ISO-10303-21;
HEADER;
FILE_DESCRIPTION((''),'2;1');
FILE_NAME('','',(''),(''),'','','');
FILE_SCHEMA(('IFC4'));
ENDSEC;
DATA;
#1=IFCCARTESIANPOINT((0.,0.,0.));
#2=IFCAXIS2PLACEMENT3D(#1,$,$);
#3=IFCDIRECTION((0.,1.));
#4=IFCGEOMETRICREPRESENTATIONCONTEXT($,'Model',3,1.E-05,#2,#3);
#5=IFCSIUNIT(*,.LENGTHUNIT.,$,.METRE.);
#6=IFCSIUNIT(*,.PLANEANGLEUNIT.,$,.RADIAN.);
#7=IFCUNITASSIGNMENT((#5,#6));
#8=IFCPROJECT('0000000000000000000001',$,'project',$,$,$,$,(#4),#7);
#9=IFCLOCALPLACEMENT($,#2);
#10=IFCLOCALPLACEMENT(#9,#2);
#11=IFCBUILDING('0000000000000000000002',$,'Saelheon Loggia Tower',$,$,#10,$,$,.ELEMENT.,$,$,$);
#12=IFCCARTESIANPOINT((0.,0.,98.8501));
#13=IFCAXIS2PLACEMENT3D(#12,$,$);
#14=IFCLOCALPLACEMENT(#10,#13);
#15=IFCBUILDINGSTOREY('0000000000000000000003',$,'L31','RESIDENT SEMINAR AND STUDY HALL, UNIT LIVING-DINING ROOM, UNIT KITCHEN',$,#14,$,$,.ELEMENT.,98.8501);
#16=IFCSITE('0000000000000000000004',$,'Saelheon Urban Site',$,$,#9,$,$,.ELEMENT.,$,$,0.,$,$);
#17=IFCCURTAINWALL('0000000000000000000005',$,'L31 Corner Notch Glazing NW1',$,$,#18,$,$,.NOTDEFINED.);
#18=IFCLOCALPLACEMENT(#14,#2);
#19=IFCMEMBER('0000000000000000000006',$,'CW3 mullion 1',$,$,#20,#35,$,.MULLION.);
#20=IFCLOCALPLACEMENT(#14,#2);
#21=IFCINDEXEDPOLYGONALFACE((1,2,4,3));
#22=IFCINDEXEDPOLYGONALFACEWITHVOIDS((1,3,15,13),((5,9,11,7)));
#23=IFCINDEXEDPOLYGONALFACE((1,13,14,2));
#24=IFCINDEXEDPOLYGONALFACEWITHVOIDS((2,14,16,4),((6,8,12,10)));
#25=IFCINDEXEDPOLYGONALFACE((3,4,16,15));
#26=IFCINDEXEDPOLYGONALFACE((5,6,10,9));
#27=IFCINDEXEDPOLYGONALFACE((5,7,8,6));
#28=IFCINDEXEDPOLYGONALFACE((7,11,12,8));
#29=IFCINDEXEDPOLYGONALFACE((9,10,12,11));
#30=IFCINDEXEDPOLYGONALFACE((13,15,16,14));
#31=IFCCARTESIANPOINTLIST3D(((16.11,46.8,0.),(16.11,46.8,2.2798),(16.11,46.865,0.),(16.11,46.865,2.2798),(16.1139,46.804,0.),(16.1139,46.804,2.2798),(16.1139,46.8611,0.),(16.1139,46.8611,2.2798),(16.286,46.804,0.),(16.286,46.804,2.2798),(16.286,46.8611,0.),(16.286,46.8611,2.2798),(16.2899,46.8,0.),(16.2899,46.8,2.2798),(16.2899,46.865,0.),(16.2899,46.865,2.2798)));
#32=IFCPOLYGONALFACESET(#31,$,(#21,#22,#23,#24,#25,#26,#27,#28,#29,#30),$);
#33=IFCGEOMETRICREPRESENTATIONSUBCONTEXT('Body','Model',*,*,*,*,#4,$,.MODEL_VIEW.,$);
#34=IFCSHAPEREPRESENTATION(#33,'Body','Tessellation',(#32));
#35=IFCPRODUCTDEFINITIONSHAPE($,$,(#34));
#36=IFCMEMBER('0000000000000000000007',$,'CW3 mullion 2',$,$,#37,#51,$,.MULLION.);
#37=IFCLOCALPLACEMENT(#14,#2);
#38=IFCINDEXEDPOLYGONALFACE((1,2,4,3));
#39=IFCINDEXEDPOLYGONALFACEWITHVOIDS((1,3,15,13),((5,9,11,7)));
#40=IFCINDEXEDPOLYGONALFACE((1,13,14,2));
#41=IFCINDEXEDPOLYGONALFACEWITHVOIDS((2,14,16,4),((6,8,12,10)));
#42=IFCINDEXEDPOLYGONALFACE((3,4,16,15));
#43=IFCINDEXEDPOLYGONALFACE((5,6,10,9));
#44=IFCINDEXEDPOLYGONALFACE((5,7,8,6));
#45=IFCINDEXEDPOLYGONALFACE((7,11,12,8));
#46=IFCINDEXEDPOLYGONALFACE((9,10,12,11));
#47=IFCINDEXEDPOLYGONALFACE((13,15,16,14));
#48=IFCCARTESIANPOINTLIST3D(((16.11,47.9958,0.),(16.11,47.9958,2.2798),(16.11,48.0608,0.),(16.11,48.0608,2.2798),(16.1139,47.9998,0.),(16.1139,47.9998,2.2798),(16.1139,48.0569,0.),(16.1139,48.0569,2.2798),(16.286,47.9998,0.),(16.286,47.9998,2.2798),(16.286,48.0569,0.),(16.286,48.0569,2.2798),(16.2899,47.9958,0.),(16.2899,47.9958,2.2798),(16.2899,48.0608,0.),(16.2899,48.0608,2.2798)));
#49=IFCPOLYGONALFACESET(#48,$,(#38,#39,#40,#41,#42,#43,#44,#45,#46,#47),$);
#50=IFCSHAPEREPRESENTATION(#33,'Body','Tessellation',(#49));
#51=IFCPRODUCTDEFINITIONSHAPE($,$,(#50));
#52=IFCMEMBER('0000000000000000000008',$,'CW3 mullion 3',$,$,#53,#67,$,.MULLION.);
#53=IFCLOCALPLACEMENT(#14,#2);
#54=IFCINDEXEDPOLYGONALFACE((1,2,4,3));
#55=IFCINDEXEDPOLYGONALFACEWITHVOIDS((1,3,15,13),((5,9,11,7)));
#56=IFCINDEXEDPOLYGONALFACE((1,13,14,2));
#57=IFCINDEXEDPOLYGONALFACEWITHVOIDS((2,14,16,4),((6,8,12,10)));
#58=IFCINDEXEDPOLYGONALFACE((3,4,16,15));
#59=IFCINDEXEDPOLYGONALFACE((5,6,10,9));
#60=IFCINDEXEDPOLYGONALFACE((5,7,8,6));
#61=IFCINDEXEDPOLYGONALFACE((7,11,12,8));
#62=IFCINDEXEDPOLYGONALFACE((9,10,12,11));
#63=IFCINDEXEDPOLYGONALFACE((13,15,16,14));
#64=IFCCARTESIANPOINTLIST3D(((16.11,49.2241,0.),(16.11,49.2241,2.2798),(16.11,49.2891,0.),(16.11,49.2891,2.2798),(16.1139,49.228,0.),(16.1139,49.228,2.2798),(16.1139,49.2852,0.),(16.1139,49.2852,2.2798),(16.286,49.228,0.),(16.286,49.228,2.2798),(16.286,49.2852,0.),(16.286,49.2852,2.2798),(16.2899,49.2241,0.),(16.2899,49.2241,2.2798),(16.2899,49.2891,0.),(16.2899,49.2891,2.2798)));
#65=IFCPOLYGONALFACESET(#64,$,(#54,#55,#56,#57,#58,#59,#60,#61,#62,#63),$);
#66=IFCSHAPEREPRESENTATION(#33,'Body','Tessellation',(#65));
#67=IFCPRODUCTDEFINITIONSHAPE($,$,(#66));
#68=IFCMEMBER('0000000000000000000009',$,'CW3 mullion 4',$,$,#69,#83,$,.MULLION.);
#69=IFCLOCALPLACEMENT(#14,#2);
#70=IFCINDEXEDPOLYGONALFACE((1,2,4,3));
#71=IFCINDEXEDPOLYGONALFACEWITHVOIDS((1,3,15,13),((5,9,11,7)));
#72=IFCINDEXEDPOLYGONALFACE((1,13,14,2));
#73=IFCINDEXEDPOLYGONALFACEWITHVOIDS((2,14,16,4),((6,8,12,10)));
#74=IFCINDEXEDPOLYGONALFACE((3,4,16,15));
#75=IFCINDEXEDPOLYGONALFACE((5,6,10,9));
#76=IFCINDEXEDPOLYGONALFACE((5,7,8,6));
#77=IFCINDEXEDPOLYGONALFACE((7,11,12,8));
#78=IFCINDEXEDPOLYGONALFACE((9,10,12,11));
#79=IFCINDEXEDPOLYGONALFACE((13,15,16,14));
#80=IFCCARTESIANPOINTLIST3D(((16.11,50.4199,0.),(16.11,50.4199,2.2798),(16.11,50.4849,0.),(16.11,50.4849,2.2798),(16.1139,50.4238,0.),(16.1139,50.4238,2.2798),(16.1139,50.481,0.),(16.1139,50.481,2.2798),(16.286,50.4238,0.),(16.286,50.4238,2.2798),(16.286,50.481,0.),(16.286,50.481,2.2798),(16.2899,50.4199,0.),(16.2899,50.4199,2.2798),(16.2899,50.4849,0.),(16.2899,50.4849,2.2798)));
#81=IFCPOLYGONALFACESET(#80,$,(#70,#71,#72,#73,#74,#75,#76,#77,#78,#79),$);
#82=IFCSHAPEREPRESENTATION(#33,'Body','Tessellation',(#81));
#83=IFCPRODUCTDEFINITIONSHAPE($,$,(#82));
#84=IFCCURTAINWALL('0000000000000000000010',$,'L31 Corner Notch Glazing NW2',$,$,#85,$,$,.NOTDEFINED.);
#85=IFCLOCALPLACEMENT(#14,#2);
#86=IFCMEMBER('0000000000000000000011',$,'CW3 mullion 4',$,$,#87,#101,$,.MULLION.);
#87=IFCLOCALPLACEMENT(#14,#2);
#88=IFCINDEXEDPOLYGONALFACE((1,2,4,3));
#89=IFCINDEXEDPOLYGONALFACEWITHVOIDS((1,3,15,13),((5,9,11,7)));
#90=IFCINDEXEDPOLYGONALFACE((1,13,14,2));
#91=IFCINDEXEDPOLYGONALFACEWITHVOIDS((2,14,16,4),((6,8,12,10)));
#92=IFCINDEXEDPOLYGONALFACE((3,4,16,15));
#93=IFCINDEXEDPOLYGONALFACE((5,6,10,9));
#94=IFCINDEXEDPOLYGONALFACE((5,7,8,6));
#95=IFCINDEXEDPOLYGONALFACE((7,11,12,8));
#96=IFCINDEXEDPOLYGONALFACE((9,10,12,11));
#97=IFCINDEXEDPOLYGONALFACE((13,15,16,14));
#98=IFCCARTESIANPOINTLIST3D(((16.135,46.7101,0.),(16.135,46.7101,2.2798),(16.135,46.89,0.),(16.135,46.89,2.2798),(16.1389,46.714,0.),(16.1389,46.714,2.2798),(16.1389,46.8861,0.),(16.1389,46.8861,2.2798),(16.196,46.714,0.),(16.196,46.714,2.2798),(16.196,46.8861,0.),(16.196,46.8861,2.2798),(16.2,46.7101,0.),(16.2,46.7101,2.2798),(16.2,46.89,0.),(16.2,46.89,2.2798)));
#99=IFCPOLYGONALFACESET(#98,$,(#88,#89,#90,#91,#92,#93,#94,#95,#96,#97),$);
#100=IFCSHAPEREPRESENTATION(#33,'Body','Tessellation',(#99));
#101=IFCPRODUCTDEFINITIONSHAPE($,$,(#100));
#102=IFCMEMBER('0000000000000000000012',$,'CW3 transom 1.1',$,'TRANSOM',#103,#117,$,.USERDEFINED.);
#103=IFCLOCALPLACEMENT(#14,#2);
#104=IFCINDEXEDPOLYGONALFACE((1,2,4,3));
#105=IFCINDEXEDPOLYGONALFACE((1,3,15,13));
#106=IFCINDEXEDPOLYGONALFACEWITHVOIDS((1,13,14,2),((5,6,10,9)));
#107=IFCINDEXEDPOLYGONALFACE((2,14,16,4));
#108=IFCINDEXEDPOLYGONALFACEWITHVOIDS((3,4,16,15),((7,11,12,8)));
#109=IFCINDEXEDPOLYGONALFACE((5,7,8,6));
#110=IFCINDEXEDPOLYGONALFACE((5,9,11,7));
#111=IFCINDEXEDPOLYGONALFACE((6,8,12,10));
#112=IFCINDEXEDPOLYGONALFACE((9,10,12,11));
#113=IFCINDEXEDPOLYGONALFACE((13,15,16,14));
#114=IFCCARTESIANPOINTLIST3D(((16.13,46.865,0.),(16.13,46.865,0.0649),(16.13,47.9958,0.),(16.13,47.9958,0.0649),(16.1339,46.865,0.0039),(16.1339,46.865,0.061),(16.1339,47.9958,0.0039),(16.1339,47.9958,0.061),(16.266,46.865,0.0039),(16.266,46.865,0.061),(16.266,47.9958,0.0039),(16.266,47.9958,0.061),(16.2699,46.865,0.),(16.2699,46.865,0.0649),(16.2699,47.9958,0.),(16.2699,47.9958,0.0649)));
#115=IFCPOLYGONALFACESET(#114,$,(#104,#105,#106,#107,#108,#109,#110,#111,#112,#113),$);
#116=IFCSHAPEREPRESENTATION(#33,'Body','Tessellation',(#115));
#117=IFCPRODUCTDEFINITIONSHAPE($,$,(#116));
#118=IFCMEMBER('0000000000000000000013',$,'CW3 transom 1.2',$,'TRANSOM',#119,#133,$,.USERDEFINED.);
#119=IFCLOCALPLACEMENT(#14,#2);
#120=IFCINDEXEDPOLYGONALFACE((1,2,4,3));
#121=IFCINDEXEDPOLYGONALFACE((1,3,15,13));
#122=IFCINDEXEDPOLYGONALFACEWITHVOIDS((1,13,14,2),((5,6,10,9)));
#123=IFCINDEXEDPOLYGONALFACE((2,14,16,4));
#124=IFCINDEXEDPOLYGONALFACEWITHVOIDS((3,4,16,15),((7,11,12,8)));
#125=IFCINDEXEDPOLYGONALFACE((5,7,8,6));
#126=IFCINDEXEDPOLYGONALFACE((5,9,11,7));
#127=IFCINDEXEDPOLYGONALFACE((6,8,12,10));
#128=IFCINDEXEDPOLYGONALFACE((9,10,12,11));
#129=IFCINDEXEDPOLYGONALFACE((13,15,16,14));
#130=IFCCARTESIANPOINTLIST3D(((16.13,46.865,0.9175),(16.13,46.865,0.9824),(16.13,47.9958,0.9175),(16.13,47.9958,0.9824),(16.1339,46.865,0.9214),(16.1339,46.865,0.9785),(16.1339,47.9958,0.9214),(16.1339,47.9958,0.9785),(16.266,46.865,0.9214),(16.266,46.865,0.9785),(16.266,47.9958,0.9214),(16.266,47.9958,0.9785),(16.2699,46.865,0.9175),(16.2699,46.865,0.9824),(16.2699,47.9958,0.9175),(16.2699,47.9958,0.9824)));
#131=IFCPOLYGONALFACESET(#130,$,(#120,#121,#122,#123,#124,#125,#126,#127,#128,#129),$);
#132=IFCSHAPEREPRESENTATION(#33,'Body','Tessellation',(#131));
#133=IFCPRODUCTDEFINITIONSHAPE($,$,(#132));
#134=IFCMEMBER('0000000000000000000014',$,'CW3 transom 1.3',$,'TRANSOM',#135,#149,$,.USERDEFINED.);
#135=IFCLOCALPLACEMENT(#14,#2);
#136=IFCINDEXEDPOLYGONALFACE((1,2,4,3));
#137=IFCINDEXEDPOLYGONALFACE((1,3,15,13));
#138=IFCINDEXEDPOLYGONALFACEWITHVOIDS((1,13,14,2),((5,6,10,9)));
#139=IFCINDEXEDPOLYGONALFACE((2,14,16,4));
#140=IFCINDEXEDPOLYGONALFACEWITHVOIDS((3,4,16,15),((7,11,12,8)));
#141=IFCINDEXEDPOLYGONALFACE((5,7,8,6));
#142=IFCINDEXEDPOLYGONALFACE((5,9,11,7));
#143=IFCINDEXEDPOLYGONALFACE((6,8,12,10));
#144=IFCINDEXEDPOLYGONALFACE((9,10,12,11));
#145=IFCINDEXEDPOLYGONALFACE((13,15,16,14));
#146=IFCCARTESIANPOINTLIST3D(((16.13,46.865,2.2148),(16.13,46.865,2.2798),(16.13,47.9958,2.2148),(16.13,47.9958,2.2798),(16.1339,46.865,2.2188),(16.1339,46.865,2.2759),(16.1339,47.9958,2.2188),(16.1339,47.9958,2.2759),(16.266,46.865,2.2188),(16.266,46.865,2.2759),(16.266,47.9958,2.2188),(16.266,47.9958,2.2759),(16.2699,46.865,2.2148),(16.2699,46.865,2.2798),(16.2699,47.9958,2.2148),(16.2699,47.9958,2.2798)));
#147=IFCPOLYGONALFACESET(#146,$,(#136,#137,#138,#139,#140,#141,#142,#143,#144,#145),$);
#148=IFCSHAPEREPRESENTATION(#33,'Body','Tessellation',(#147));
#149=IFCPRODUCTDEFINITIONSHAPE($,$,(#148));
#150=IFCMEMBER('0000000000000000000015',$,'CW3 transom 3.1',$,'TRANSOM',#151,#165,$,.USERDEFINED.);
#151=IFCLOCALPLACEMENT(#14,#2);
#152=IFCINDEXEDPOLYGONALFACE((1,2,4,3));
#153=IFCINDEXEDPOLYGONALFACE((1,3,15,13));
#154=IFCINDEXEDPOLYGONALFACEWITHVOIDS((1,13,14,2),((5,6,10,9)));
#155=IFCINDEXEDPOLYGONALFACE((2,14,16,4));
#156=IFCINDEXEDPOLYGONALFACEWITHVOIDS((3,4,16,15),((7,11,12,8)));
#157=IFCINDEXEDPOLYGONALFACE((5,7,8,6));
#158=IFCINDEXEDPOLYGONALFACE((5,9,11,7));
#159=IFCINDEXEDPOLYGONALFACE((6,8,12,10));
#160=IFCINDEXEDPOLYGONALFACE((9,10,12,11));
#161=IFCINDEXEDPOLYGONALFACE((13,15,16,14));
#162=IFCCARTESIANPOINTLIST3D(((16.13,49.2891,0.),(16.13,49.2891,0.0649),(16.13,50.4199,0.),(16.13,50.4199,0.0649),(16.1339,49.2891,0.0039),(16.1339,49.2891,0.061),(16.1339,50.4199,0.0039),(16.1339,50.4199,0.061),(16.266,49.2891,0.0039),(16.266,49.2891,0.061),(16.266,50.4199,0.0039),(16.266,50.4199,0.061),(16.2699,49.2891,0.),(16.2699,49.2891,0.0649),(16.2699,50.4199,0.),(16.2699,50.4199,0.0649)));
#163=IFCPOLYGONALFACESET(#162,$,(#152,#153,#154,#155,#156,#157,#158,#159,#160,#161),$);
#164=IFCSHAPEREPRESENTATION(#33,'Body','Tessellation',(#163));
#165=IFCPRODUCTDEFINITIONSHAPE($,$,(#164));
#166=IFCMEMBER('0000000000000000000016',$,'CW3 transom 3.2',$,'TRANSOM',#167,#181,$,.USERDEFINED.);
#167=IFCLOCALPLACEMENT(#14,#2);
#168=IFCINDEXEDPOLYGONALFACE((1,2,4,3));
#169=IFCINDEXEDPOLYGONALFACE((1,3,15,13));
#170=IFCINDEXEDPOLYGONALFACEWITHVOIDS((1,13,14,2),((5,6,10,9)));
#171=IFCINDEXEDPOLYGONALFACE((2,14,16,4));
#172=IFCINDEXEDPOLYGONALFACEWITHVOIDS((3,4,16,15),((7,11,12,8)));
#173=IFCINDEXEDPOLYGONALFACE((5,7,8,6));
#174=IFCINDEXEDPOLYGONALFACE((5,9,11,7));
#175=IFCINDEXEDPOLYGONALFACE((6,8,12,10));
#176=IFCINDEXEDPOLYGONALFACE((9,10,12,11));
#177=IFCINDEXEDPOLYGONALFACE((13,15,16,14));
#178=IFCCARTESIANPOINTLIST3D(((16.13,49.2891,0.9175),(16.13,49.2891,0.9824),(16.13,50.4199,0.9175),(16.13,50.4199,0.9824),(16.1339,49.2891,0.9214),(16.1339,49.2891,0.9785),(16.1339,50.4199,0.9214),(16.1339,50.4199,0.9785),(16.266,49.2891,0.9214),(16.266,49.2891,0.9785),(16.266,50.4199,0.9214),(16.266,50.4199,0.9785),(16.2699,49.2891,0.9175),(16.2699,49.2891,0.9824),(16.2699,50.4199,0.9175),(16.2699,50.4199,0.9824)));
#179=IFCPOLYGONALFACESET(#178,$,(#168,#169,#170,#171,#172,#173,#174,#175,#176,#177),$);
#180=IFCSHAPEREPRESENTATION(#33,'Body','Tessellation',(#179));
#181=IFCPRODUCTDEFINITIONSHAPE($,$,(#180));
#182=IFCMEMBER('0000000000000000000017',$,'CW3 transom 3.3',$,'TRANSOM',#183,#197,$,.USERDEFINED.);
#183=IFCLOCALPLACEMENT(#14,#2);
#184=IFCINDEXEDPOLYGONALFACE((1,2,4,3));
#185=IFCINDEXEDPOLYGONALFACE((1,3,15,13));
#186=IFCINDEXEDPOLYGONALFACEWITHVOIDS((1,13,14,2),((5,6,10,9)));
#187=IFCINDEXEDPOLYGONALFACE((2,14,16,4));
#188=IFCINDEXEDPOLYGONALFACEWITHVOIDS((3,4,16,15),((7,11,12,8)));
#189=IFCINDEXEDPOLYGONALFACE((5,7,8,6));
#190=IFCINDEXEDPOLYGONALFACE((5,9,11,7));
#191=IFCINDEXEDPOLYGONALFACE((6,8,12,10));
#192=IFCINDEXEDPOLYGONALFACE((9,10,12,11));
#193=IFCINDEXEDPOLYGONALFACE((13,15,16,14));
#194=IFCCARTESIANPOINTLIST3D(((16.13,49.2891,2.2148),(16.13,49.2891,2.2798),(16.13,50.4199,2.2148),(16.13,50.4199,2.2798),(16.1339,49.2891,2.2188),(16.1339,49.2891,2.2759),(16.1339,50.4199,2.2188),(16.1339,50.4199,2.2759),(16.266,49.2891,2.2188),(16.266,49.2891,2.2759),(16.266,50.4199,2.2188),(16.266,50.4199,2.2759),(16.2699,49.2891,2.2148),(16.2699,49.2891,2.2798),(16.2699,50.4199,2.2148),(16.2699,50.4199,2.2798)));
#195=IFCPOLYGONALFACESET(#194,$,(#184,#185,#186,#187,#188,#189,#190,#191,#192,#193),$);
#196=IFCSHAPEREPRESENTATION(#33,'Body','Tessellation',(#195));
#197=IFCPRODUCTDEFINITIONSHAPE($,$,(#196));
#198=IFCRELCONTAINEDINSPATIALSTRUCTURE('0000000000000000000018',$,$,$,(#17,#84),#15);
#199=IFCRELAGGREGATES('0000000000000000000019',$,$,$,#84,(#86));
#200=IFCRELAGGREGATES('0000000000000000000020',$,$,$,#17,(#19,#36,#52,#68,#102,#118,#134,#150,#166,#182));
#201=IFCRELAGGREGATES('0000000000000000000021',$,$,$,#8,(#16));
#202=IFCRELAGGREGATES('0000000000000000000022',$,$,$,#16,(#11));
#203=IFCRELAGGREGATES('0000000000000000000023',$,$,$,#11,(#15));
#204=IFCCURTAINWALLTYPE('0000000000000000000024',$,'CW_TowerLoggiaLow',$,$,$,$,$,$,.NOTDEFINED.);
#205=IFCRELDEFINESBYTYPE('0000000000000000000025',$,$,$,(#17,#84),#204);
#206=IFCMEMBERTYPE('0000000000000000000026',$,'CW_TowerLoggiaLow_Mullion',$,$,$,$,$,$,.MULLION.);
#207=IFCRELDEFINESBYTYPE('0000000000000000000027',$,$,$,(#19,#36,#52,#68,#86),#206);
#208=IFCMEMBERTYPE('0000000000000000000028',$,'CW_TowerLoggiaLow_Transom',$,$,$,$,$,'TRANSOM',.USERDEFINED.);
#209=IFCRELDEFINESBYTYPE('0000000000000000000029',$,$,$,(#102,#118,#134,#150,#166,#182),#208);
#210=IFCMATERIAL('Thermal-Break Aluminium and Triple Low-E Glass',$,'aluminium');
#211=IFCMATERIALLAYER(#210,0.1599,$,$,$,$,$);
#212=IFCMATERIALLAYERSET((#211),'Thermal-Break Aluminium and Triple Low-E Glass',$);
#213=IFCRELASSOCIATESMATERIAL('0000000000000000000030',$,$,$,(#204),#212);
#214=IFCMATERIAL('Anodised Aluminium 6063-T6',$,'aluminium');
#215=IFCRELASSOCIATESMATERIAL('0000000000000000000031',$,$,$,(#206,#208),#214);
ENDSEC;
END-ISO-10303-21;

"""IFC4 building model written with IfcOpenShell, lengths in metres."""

from ifc_helpers import new_model, si_unit, direction, frame, origin, origin_2d, place, context, subcontext, project, spatial, hollow_rectangle, extrude, source, transform, mapped, material, layer, layer_set, material_profile, profile_set, type_object, element, aggregate, save


model = new_model("IFC4")

# Units and contexts
model_context = context("Model", 3, precision=1e-05, world=origin(), true_north=direction((0.0, 1.0)))
body_context = subcontext(model_context, "Body", "Model", "MODEL_VIEW")
ifc_project = project(units=[si_unit("LENGTHUNIT", "METRE"), si_unit("PLANEANGLEUNIT", "RADIAN")], contexts=[model_context])

# Site, building, storey
site_placement = place(None, origin())
site = spatial("IfcSite", under=ifc_project, at=site_placement, Name="Saelheon Urban Site", CompositionType="ELEMENT", RefElevation=0.0)
building_placement = place(site_placement, origin())
building = spatial("IfcBuilding", under=site, at=building_placement, Name="Saelheon Loggia Tower", CompositionType="ELEMENT")
storey_placement = place(building_placement, frame((0.0, 0.0, 98.8501)))
storey = spatial("IfcBuildingStorey", under=building, at=storey_placement, Name="L31", Description="RESIDENT SEMINAR AND STUDY HALL, UNIT LIVING-DINING ROOM, UNIT KITCHEN", CompositionType="ELEMENT", Elevation=98.8501)

# Curtain wall, members
ifc_material_1 = material(Name="Thermal-Break Aluminium and Triple Low-E Glass", Category="aluminium")
ifc_layer_1 = layer(ifc_material_1, 0.1599)
ifc_layer_set_1 = layer_set([ifc_layer_1], Name="Thermal-Break Aluminium and Triple Low-E Glass")
curtain_wall_type = type_object("IfcCurtainWallType", Name="CW_TowerLoggiaLow", PredefinedType="NOTDEFINED", material=ifc_layer_set_1)
curtain_wall_1_placement = place(storey_placement, origin())
curtain_wall_1 = element("IfcCurtainWall", 1, at=curtain_wall_1_placement, inside=storey, type_object=curtain_wall_type, Name="L31 Corner Notch Glazing NW1", PredefinedType="NOTDEFINED")
ifc_material_2 = material(Name="Anodised Aluminium 6063-T6", Category="aluminium")
ifc_material_profile_1 = material_profile(ifc_material_2, hollow_rectangle(XDim=0.0649, YDim=0.1799, WallThickness=0.0039, at=origin_2d()), Name="RHS-180x65x4")
ifc_profile_set_1 = profile_set([ifc_material_profile_1], Name="Anodised Aluminium 6063-T6")
member_type_1 = type_object("IfcMemberType", Name="CW_TowerLoggiaLow_Mullion", PredefinedType="MULLION", material=ifc_profile_set_1)
shared_shape_1 = source(origin(), body_context, "Body", "SweptSolid", [
    extrude(hollow_rectangle(XDim=0.0649, YDim=0.1799, WallThickness=0.0039, at=origin_2d()), origin(), (0.0, 0.0, 1.0), 2.2798),
])
member_1_placement = place(storey_placement, frame((16.2, 46.8325, 0.0), z_axis=(0.0, 0.0, 1.0), x_axis=(0.0, 1.0, 0.0)))
member_1 = element("IfcMember", 2, at=member_1_placement, type_object=member_type_1, Name="CW3 mullion 1", PredefinedType="MULLION", context=body_context, shape_type="MappedRepresentation", body=[
    mapped(shared_shape_1, transform((0.0, 0.0, 0.0), scale=1.0)),
])
member_2_placement = place(storey_placement, frame((16.2, 48.0283, 0.0), z_axis=(0.0, 0.0, 1.0), x_axis=(0.0, 1.0, 0.0)))
member_2 = element("IfcMember", 3, at=member_2_placement, type_object=member_type_1, Name="CW3 mullion 2", PredefinedType="MULLION", context=body_context, shape_type="MappedRepresentation", body=[
    mapped(shared_shape_1, transform((0.0, 0.0, 0.0), scale=1.0)),
])
member_3_placement = place(storey_placement, frame((16.2, 49.2566, 0.0), z_axis=(0.0, 0.0, 1.0), x_axis=(0.0, 1.0, 0.0)))
member_3 = element("IfcMember", 4, at=member_3_placement, type_object=member_type_1, Name="CW3 mullion 3", PredefinedType="MULLION", context=body_context, shape_type="MappedRepresentation", body=[
    mapped(shared_shape_1, transform((0.0, 0.0, 0.0), scale=1.0)),
])
member_4_placement = place(storey_placement, frame((16.2, 50.4524, 0.0), z_axis=(0.0, 0.0, 1.0), x_axis=(0.0, 1.0, 0.0)))
member_4 = element("IfcMember", 5, at=member_4_placement, type_object=member_type_1, Name="CW3 mullion 4", PredefinedType="MULLION", context=body_context, shape_type="MappedRepresentation", body=[
    mapped(shared_shape_1, transform((0.0, 0.0, 0.0), scale=1.0)),
])

# Curtain wall, member
curtain_wall_2_placement = place(storey_placement, origin())
curtain_wall_2 = element("IfcCurtainWall", 6, at=curtain_wall_2_placement, inside=storey, type_object=curtain_wall_type, Name="L31 Corner Notch Glazing NW2", PredefinedType="NOTDEFINED")
member_5_placement = place(storey_placement, frame((16.1675, 46.8, 0.0), z_axis=(0.0, 0.0, 1.0), x_axis=(1.0, 0.0, 0.0)))
member_5 = element("IfcMember", 7, at=member_5_placement, type_object=member_type_1, Name="CW3 mullion 4", PredefinedType="MULLION", context=body_context, shape_type="MappedRepresentation", body=[
    mapped(shared_shape_1, transform((0.0, 0.0, 0.0), scale=1.0)),
])

# Members
ifc_material_profile_2 = material_profile(ifc_material_2, hollow_rectangle(XDim=0.0649, YDim=0.1399, WallThickness=0.0039, at=origin_2d()), Name="RHS-140x65x4")
ifc_profile_set_2 = profile_set([ifc_material_profile_2], Name="Anodised Aluminium 6063-T6")
member_type_2 = type_object("IfcMemberType", Name="CW_TowerLoggiaLow_Transom", ElementType="TRANSOM", PredefinedType="USERDEFINED", material=ifc_profile_set_2)
shared_shape_2 = source(origin(), body_context, "Body", "SweptSolid", [
    extrude(hollow_rectangle(XDim=0.0649, YDim=0.1399, WallThickness=0.0039, at=origin_2d()), origin(), (0.0, 0.0, 1.0), 1.1309),
])
member_6_placement = place(storey_placement, frame((16.2, 46.865, 0.0325), z_axis=(0.0, 1.0, 0.0), x_axis=(0.0, 0.0, 1.0)))
member_6 = element("IfcMember", 8, at=member_6_placement, type_object=member_type_2, Name="CW3 transom 1.1", ObjectType="TRANSOM", PredefinedType="USERDEFINED", context=body_context, shape_type="MappedRepresentation", body=[
    mapped(shared_shape_2, transform((0.0, 0.0, 0.0), scale=1.0)),
])
member_7_placement = place(storey_placement, frame((16.2, 46.865, 0.95), z_axis=(0.0, 1.0, 0.0), x_axis=(0.0, 0.0, 1.0)))
member_7 = element("IfcMember", 9, at=member_7_placement, type_object=member_type_2, Name="CW3 transom 1.2", ObjectType="TRANSOM", PredefinedType="USERDEFINED", context=body_context, shape_type="MappedRepresentation", body=[
    mapped(shared_shape_2, transform((0.0, 0.0, 0.0), scale=1.0)),
])
member_8_placement = place(storey_placement, frame((16.2, 46.865, 2.2473), z_axis=(0.0, 1.0, 0.0), x_axis=(0.0, 0.0, 1.0)))
member_8 = element("IfcMember", 10, at=member_8_placement, type_object=member_type_2, Name="CW3 transom 1.3", ObjectType="TRANSOM", PredefinedType="USERDEFINED", context=body_context, shape_type="MappedRepresentation", body=[
    mapped(shared_shape_2, transform((0.0, 0.0, 0.0), scale=1.0)),
])
member_9_placement = place(storey_placement, frame((16.2, 49.2891, 0.0325), z_axis=(0.0, 1.0, 0.0), x_axis=(0.0, 0.0, 1.0)))
member_9 = element("IfcMember", 11, at=member_9_placement, type_object=member_type_2, Name="CW3 transom 3.1", ObjectType="TRANSOM", PredefinedType="USERDEFINED", context=body_context, shape_type="MappedRepresentation", body=[
    mapped(shared_shape_2, transform((0.0, 0.0, 0.0), scale=1.0)),
])
member_10_placement = place(storey_placement, frame((16.2, 49.2891, 0.95), z_axis=(0.0, 1.0, 0.0), x_axis=(0.0, 0.0, 1.0)))
member_10 = element("IfcMember", 12, at=member_10_placement, type_object=member_type_2, Name="CW3 transom 3.2", ObjectType="TRANSOM", PredefinedType="USERDEFINED", context=body_context, shape_type="MappedRepresentation", body=[
    mapped(shared_shape_2, transform((0.0, 0.0, 0.0), scale=1.0)),
])
member_11_placement = place(storey_placement, frame((16.2, 49.2891, 2.2473), z_axis=(0.0, 1.0, 0.0), x_axis=(0.0, 0.0, 1.0)))
member_11 = element("IfcMember", 13, at=member_11_placement, type_object=member_type_2, Name="CW3 transom 3.3", ObjectType="TRANSOM", PredefinedType="USERDEFINED", context=body_context, shape_type="MappedRepresentation", body=[
    mapped(shared_shape_2, transform((0.0, 0.0, 0.0), scale=1.0)),
])

aggregate(curtain_wall_2, [member_5])
aggregate(curtain_wall_1, [member_1, member_2, member_3, member_4, member_6, member_7, member_8, member_9, member_10, member_11])

save(model, "model.ifc")
